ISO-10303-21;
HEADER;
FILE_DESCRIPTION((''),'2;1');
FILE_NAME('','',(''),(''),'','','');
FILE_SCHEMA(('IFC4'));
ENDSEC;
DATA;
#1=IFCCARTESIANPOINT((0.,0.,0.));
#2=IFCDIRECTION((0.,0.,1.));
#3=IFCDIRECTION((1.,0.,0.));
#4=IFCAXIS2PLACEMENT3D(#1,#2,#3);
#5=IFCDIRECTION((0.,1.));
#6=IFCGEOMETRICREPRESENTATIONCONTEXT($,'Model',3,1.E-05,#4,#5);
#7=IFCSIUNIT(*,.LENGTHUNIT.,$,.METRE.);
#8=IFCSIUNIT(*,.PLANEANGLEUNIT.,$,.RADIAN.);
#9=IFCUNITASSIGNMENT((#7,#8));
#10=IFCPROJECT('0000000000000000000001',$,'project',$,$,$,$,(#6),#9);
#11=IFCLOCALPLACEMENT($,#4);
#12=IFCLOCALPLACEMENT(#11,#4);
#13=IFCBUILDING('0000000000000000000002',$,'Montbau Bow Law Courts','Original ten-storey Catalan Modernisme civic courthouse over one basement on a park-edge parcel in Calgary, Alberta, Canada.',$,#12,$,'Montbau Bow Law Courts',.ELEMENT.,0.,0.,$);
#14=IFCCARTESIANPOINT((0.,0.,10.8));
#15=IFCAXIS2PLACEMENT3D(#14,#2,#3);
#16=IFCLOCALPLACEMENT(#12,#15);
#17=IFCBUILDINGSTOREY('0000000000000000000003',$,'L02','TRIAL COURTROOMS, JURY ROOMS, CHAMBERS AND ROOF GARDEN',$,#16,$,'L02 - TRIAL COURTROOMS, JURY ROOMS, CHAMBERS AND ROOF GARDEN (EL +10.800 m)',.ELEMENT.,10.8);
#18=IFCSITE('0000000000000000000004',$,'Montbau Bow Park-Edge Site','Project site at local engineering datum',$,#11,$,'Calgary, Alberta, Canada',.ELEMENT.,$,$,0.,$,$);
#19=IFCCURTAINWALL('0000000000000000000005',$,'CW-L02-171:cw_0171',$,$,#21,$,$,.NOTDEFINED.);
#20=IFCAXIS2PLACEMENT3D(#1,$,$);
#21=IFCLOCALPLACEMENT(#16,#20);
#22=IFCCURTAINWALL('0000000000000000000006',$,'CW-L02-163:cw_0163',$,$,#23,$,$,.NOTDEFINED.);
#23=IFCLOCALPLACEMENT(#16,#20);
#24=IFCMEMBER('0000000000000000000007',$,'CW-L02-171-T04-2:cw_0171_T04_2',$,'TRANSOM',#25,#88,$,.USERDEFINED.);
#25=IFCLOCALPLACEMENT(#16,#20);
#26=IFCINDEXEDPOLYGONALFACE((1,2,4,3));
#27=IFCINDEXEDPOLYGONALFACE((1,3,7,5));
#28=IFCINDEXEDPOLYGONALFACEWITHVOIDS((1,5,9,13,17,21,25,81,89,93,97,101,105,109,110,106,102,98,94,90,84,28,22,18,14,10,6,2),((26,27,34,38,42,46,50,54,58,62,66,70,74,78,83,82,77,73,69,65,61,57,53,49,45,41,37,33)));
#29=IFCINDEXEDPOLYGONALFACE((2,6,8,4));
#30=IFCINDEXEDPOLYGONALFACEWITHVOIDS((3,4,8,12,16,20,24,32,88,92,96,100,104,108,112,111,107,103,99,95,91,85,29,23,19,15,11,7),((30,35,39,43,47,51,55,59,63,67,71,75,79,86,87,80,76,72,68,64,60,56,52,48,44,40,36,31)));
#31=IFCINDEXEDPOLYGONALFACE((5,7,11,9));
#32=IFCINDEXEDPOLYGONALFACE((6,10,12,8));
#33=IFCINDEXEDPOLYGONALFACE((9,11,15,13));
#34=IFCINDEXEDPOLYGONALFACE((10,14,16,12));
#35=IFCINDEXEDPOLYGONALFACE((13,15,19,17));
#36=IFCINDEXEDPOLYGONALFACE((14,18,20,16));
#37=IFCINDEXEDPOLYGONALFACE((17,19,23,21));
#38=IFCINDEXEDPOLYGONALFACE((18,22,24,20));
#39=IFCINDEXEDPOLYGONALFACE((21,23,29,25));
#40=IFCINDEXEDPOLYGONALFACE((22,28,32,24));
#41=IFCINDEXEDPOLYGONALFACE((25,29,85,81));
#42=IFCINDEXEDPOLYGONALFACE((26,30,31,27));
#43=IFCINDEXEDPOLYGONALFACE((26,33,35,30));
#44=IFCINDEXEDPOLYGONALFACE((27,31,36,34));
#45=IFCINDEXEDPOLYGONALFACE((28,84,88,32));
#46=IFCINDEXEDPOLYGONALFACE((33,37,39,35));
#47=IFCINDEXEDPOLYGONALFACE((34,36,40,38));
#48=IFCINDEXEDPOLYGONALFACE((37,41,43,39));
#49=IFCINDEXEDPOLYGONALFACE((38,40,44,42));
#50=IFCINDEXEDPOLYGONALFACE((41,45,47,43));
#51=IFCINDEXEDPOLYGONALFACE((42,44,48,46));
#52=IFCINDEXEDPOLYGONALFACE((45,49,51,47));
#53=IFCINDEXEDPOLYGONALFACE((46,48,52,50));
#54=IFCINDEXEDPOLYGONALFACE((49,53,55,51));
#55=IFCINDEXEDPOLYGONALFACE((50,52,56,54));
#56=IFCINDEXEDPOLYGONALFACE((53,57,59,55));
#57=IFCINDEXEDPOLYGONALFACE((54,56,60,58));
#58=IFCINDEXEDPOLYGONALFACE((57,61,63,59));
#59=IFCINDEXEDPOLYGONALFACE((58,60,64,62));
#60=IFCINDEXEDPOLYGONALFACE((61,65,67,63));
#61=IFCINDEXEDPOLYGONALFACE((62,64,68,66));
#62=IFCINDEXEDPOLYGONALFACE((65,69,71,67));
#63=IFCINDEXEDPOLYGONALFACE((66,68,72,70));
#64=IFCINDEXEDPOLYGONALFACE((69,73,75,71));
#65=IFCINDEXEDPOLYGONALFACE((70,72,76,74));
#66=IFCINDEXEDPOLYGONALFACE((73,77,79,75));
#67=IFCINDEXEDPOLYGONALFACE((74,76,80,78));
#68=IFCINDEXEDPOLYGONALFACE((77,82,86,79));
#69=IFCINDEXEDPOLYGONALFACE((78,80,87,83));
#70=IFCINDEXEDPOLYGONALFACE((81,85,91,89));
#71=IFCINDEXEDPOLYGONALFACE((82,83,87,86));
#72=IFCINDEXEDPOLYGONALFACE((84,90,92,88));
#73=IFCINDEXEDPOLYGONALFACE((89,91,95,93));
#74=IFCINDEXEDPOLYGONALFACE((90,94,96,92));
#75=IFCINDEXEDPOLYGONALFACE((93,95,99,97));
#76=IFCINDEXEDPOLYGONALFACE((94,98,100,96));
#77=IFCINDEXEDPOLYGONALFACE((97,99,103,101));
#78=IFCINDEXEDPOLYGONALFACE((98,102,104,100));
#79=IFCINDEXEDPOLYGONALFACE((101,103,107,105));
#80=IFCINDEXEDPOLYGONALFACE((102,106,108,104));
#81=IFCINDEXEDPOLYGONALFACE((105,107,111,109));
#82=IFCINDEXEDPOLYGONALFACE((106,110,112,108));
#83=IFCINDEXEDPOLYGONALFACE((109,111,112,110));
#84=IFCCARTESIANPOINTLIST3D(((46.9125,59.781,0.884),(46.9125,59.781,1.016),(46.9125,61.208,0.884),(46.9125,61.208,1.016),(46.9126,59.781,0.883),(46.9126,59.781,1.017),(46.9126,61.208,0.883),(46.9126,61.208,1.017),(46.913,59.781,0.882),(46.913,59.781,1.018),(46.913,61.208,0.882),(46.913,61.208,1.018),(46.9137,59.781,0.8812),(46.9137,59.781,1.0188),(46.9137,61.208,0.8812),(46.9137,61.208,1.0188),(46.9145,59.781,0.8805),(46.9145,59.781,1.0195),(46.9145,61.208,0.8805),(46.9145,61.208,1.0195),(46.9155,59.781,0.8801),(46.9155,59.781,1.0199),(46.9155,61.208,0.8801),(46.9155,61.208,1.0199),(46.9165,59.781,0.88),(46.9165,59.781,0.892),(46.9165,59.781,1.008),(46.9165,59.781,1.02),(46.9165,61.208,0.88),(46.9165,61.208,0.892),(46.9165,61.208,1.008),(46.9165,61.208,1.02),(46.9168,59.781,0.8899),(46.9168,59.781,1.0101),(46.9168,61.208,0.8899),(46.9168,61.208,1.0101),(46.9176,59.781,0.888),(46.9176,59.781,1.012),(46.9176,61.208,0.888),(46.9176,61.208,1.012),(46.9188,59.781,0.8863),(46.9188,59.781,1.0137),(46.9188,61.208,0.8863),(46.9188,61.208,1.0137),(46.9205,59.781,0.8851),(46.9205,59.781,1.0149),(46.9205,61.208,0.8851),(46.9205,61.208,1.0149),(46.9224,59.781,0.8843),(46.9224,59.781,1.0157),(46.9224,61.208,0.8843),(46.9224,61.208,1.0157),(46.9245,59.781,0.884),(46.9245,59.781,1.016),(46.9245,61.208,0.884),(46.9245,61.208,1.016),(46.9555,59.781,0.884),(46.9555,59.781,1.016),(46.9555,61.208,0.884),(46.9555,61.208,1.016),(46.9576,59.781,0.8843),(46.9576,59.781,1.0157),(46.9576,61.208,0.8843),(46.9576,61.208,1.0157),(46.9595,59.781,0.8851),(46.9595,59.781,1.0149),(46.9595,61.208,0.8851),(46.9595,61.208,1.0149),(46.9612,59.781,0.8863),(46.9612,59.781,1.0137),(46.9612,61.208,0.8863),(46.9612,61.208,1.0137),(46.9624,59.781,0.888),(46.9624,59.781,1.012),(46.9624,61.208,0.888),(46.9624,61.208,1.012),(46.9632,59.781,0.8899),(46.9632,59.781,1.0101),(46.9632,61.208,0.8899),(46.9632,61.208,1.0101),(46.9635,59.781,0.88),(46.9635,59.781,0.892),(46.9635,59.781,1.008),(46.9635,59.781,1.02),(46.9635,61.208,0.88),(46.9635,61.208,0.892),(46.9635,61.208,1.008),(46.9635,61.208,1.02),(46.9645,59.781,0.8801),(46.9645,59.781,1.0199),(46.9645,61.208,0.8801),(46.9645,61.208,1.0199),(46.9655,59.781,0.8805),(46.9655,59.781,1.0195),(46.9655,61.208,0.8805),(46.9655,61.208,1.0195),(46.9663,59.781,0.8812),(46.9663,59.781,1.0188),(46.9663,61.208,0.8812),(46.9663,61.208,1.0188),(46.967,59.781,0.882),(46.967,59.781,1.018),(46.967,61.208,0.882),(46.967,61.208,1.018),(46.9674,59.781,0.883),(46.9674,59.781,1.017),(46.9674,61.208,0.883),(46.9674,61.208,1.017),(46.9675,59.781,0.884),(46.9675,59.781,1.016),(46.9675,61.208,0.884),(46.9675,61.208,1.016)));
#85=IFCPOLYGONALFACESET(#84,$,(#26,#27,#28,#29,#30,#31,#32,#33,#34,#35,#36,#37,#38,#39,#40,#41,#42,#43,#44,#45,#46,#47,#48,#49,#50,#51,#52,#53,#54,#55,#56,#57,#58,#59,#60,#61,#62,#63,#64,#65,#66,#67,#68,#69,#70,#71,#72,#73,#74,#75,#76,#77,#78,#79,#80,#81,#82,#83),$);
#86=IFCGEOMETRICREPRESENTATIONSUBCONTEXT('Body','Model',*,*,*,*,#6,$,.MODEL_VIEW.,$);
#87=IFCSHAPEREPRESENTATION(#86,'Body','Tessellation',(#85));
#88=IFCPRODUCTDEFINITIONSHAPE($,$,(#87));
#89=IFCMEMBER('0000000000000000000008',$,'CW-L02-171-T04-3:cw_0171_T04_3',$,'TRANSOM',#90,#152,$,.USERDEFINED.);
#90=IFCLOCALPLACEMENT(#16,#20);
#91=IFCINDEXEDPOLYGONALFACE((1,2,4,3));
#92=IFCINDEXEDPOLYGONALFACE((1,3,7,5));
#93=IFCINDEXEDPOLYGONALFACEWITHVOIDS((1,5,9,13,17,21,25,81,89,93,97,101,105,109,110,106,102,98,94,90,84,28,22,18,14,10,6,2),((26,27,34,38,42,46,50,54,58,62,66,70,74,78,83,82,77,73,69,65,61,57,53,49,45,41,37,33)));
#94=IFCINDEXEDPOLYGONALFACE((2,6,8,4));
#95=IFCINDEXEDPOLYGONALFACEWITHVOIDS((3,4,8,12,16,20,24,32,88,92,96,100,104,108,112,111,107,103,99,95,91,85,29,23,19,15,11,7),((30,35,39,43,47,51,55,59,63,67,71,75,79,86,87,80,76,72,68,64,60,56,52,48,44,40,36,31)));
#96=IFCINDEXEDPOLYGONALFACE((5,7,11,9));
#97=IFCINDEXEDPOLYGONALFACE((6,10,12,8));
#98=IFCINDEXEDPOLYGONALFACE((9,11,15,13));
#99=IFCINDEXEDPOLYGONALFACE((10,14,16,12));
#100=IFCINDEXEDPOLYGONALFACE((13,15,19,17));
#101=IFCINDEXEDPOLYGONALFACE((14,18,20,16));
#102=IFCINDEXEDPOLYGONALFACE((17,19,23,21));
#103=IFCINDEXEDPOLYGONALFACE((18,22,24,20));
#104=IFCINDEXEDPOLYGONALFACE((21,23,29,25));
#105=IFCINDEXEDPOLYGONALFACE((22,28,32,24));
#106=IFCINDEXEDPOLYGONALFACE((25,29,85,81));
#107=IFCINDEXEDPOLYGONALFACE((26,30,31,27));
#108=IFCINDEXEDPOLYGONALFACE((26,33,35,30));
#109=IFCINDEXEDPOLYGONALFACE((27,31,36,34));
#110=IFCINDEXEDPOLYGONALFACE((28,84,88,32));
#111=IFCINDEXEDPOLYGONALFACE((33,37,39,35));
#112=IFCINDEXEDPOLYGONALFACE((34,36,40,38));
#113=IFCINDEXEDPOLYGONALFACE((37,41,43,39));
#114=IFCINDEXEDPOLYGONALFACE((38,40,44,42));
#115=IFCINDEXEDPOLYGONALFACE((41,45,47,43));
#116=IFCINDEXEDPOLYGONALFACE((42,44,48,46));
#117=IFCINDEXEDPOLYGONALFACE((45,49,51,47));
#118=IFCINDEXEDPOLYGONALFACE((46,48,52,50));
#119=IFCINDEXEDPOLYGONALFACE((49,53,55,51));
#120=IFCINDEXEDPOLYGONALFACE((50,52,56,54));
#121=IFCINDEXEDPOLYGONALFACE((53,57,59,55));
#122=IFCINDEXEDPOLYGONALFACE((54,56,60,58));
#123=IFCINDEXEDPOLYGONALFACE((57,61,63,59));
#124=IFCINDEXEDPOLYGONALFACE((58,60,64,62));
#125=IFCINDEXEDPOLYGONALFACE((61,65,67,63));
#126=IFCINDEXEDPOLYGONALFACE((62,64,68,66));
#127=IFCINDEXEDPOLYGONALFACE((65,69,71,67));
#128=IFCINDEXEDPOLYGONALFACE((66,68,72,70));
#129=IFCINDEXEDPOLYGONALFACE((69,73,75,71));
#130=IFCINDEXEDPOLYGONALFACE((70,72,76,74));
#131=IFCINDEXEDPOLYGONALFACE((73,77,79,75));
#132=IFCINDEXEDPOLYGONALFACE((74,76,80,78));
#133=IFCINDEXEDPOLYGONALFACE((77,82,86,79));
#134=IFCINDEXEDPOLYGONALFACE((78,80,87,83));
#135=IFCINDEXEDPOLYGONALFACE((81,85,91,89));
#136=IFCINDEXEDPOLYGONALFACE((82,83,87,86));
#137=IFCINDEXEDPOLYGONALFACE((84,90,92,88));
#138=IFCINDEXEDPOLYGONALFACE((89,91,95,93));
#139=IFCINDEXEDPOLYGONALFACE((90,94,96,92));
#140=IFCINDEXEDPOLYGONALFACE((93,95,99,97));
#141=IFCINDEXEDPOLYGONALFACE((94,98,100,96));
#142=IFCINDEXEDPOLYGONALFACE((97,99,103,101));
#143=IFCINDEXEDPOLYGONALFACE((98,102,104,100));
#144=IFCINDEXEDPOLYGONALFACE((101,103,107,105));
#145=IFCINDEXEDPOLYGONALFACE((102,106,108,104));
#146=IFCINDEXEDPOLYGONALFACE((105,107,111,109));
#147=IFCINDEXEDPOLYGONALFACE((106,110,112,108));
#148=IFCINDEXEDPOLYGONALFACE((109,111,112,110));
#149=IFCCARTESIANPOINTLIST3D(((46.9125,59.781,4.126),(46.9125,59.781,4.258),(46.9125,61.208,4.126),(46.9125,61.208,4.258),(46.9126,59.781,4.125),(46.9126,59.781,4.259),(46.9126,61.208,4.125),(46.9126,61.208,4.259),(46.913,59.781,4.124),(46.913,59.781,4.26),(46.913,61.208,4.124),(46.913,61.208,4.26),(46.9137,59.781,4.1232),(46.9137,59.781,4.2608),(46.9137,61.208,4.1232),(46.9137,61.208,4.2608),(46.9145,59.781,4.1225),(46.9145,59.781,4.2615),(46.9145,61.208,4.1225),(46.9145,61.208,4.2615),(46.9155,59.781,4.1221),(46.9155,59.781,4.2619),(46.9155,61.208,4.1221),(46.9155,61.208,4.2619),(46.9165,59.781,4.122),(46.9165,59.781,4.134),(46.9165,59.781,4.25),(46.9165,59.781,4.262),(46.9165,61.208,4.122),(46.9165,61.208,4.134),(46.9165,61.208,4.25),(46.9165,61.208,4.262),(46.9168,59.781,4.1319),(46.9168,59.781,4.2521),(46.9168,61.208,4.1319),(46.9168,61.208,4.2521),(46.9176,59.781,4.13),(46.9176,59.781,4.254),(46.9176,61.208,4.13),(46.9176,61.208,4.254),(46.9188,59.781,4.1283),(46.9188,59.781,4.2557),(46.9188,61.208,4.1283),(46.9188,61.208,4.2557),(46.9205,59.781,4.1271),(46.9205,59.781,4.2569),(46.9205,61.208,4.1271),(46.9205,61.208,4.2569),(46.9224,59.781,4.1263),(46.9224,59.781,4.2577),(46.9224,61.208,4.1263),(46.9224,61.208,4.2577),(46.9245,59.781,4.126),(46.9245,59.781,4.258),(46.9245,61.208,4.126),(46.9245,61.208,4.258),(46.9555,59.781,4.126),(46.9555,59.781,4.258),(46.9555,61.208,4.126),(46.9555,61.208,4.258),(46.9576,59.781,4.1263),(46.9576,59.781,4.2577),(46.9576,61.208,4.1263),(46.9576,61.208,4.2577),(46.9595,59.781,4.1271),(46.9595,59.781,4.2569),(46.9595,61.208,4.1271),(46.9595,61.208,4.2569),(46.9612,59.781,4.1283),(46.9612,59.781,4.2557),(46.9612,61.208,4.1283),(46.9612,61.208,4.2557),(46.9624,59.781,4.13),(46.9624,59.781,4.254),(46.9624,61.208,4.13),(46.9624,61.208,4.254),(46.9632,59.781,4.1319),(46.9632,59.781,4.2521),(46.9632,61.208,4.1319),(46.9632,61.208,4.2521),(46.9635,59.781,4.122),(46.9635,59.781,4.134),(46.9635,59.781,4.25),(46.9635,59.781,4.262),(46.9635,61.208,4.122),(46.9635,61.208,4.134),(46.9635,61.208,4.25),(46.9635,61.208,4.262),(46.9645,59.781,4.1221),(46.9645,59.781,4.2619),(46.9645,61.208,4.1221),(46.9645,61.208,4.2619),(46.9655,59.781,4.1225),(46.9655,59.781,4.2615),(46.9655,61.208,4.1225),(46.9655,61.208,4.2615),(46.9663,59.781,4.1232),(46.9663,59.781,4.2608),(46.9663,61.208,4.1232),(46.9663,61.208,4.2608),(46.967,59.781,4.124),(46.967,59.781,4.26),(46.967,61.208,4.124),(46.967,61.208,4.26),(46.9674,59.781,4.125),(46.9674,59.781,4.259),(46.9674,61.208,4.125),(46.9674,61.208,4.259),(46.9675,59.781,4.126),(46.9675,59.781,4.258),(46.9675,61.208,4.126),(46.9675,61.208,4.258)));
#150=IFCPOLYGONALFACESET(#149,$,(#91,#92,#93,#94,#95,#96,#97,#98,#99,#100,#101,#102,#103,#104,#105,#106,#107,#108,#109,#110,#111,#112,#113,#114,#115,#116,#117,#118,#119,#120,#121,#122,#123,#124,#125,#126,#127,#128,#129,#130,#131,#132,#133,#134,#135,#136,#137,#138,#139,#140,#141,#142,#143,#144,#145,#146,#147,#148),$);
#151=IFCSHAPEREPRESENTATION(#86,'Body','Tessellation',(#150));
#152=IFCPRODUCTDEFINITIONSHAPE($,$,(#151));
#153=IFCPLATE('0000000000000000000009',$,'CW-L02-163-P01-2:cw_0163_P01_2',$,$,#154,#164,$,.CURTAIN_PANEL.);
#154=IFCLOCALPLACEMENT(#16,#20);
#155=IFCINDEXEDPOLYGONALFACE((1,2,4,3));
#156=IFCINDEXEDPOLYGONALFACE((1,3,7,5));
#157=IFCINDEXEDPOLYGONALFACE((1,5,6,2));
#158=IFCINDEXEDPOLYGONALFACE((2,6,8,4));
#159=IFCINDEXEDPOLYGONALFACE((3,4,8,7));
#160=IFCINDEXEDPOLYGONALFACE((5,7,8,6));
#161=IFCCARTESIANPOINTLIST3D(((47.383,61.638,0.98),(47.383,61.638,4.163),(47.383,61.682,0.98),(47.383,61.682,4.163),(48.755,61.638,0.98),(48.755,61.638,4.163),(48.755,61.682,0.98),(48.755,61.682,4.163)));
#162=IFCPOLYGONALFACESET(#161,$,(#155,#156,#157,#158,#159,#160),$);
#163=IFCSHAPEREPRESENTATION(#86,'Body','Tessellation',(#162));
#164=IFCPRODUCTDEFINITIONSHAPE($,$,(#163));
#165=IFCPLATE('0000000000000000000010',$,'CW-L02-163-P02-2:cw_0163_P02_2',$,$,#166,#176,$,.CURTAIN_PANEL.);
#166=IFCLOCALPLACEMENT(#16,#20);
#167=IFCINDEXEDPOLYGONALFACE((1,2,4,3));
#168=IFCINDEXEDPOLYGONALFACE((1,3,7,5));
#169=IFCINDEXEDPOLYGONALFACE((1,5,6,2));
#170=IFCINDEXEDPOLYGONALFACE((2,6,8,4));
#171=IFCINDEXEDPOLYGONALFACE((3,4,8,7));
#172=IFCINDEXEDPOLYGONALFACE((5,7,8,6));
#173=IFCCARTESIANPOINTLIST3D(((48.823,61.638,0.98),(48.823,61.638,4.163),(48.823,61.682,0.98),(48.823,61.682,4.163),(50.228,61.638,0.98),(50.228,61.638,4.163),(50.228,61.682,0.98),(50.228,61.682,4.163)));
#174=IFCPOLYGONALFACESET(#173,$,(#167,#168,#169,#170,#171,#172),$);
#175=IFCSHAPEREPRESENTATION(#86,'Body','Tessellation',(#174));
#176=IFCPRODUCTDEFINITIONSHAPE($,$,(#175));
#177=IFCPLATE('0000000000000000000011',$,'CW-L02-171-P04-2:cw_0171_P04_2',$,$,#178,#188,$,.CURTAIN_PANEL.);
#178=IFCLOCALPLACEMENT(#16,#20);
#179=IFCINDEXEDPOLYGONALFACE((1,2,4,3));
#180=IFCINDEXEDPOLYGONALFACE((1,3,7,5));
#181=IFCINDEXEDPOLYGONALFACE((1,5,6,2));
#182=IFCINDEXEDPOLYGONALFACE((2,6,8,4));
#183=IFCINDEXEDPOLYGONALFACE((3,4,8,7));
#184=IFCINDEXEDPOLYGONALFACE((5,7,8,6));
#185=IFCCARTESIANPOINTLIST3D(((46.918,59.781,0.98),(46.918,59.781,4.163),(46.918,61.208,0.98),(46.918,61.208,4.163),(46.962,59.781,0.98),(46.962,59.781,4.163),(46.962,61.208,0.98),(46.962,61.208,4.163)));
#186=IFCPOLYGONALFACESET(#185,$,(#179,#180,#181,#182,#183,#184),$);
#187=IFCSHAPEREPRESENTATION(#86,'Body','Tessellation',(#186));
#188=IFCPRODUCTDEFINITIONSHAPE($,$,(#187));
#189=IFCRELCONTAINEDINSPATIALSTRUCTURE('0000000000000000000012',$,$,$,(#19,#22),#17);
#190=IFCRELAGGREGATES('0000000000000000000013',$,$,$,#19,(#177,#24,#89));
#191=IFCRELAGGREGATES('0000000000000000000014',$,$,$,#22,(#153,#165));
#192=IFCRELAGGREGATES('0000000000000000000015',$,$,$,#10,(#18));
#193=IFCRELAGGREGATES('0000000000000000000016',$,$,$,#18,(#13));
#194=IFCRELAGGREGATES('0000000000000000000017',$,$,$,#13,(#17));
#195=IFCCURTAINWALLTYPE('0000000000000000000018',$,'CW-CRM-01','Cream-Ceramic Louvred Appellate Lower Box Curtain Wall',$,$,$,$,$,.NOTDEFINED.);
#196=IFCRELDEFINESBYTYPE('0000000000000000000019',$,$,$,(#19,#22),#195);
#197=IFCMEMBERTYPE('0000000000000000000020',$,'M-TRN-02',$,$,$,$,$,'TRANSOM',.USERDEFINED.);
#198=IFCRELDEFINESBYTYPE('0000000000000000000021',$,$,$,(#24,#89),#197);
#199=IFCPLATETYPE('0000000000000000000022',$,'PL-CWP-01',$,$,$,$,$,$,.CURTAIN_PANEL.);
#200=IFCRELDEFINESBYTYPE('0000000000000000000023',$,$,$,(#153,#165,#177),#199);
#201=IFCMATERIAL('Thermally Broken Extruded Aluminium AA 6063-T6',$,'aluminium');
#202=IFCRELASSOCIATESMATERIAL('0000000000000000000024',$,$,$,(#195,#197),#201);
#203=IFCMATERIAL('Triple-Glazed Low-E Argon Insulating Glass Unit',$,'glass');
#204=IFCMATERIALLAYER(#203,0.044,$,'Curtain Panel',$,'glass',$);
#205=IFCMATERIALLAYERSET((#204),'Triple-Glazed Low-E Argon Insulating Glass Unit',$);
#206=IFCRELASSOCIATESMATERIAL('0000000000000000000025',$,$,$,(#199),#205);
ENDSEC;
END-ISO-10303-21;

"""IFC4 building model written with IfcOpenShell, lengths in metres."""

from ifc_helpers import new_model, si_unit, direction, frame, frame_2d, origin_with_axes, origin_2d_with_axis, place, context, subcontext, project, spatial, rectangle, hollow_rectangle, extrude, material, layer, layer_set, material_profile, profile_set, type_object, element, aggregate, save


model = new_model("IFC4")

# Units and contexts
model_context = context("Model", 3, precision=1e-05, world=origin_with_axes(), true_north=direction((0.0, 1.0)))
body_context = subcontext(model_context, "Body", "Model", "MODEL_VIEW")
ifc_project = project(units=[si_unit("LENGTHUNIT", "METRE"), si_unit("PLANEANGLEUNIT", "RADIAN")], contexts=[model_context])

# Site, building, storey
site_placement = place(None, origin_with_axes())
site = spatial("IfcSite", under=ifc_project, at=site_placement, Name="Montbau Bow Park-Edge Site", Description="Project site at local engineering datum", LongName="Calgary, Alberta, Canada", CompositionType="ELEMENT", RefElevation=0.0)
building_placement = place(site_placement, origin_with_axes())
building = spatial("IfcBuilding", under=site, at=building_placement, Name="Montbau Bow Law Courts", Description="Original ten-storey Catalan Modernisme civic courthouse over one basement on a park-edge parcel in Calgary, Alberta, Canada.", LongName="Montbau Bow Law Courts", CompositionType="ELEMENT", ElevationOfRefHeight=0.0, ElevationOfTerrain=0.0)
storey_placement = place(building_placement, frame((0.0, 0.0, 10.8), z_axis=(0.0, 0.0, 1.0), x_axis=(1.0, 0.0, 0.0)))
storey = spatial("IfcBuildingStorey", under=building, at=storey_placement, Name="L02", Description="TRIAL COURTROOMS, JURY ROOMS, CHAMBERS AND ROOF GARDEN", LongName="L02 - TRIAL COURTROOMS, JURY ROOMS, CHAMBERS AND ROOF GARDEN (EL +10.800 m)", CompositionType="ELEMENT", Elevation=10.8)

# Curtain wall
ifc_material_1 = material(Name="Thermally Broken Extruded Aluminium AA 6063-T6", Category="aluminium")
curtain_wall_type = type_object("IfcCurtainWallType", Name="CW-CRM-01", Description="Cream-Ceramic Louvred Appellate Lower Box Curtain Wall", PredefinedType="NOTDEFINED", material=ifc_material_1)
curtain_wall_1_placement = place(None, frame((46.94, 55.115, 10.8), z_axis=(0.0, 0.0, 1.0), x_axis=(1.0, 0.0, 0.0)))
curtain_wall_1 = element("IfcCurtainWall", 1, at=curtain_wall_1_placement, inside=storey, type_object=curtain_wall_type, Name="CW-L02-171:cw_0171", PredefinedType="NOTDEFINED")

# Curtain wall
curtain_wall_2_placement = place(None, frame((47.315, 61.66, 10.8), z_axis=(0.0, 0.0, 1.0), x_axis=(1.0, 0.0, 0.0)))
curtain_wall_2 = element("IfcCurtainWall", 2, at=curtain_wall_2_placement, inside=storey, type_object=curtain_wall_type, Name="CW-L02-163:cw_0163", PredefinedType="NOTDEFINED")
ifc_material_profile_1 = material_profile(ifc_material_1, hollow_rectangle(XDim=0.055, YDim=0.14, WallThickness=0.004, InnerFilletRadius=0.008, OuterFilletRadius=0.004, at=origin_2d_with_axis()), Name="CWT-140X55", Category="Main", Priority=0)
ifc_profile_set_1 = profile_set([ifc_material_profile_1], Name="Thermally Broken Extruded Aluminium AA 6063-T6")
member_type_1 = type_object("IfcMemberType", Name="M-TRN-02", ElementType="TRANSOM", PredefinedType="USERDEFINED", material=ifc_profile_set_1)

# Members
member_1_placement = place(None, frame((46.94, 59.781, 11.75), z_axis=(0.0, 1.0, 0.0), x_axis=(-1.0, 0.0, 0.0)))
member_1 = element("IfcMember", 3, at=member_1_placement, type_object=member_type_1, Name="CW-L02-171-T04-2:cw_0171_T04_2", ObjectType="TRANSOM", PredefinedType="USERDEFINED", context=body_context, shape_type="SweptSolid", body=[
    extrude(hollow_rectangle(XDim=0.055, YDim=0.14, WallThickness=0.004, InnerFilletRadius=0.008, OuterFilletRadius=0.004, at=origin_2d_with_axis()), origin_with_axes(), (0.0, 0.0, 1.0), 1.427),
])
member_2_placement = place(None, frame((46.94, 59.781, 14.992), z_axis=(0.0, 1.0, 0.0), x_axis=(-1.0, 0.0, 0.0)))
member_2 = element("IfcMember", 4, at=member_2_placement, type_object=member_type_1, Name="CW-L02-171-T04-3:cw_0171_T04_3", ObjectType="TRANSOM", PredefinedType="USERDEFINED", context=body_context, shape_type="SweptSolid", body=[
    extrude(hollow_rectangle(XDim=0.055, YDim=0.14, WallThickness=0.004, InnerFilletRadius=0.008, OuterFilletRadius=0.004, at=origin_2d_with_axis()), origin_with_axes(), (0.0, 0.0, 1.0), 1.427),
])

# Plates
ifc_material_2 = material(Name="Triple-Glazed Low-E Argon Insulating Glass Unit", Category="glass")
ifc_layer_1 = layer(ifc_material_2, 0.044, Name="Curtain Panel", Category="glass")
ifc_layer_set_1 = layer_set([ifc_layer_1], Name="Triple-Glazed Low-E Argon Insulating Glass Unit")
plate_type_1 = type_object("IfcPlateType", Name="PL-CWP-01", PredefinedType="CURTAIN_PANEL", material=ifc_layer_set_1)
plate_1_placement = place(None, frame((47.383, 61.66, 11.78), z_axis=(0.0, -1.0, 0.0), x_axis=(1.0, 0.0, 0.0)))
plate_1 = element("IfcPlate", 5, at=plate_1_placement, type_object=plate_type_1, Name="CW-L02-163-P01-2:cw_0163_P01_2", PredefinedType="CURTAIN_PANEL", context=body_context, shape_type="SweptSolid", body=[
    extrude(rectangle(XDim=1.372, YDim=3.183, at=frame_2d((0.686, 1.5915), x_axis=(1.0, 0.0))), frame((0.0, 0.0, -0.022), z_axis=(0.0, 0.0, 1.0), x_axis=(1.0, 0.0, 0.0)), (0.0, 0.0, 1.0), 0.044),
])
plate_2_placement = place(None, frame((48.823, 61.66, 11.78), z_axis=(0.0, -1.0, 0.0), x_axis=(1.0, 0.0, 0.0)))
plate_2 = element("IfcPlate", 6, at=plate_2_placement, type_object=plate_type_1, Name="CW-L02-163-P02-2:cw_0163_P02_2", PredefinedType="CURTAIN_PANEL", context=body_context, shape_type="SweptSolid", body=[
    extrude(rectangle(XDim=1.405, YDim=3.183, at=frame_2d((0.7025, 1.5915), x_axis=(1.0, 0.0))), frame((0.0, 0.0, -0.022), z_axis=(0.0, 0.0, 1.0), x_axis=(1.0, 0.0, 0.0)), (0.0, 0.0, 1.0), 0.044),
])
plate_3_placement = place(None, frame((46.94, 59.781, 11.78), z_axis=(1.0, 0.0, 0.0), x_axis=(0.0, 1.0, 0.0)))
plate_3 = element("IfcPlate", 7, at=plate_3_placement, type_object=plate_type_1, Name="CW-L02-171-P04-2:cw_0171_P04_2", PredefinedType="CURTAIN_PANEL", context=body_context, shape_type="SweptSolid", body=[
    extrude(rectangle(XDim=1.427, YDim=3.183, at=frame_2d((0.7135, 1.5915), x_axis=(1.0, 0.0))), frame((0.0, 0.0, -0.022), z_axis=(0.0, 0.0, 1.0), x_axis=(1.0, 0.0, 0.0)), (0.0, 0.0, 1.0), 0.044),
])
aggregate(curtain_wall_1, [plate_3, member_1, member_2])
aggregate(curtain_wall_2, [plate_1, plate_2])

save(model, "model.ifc")
